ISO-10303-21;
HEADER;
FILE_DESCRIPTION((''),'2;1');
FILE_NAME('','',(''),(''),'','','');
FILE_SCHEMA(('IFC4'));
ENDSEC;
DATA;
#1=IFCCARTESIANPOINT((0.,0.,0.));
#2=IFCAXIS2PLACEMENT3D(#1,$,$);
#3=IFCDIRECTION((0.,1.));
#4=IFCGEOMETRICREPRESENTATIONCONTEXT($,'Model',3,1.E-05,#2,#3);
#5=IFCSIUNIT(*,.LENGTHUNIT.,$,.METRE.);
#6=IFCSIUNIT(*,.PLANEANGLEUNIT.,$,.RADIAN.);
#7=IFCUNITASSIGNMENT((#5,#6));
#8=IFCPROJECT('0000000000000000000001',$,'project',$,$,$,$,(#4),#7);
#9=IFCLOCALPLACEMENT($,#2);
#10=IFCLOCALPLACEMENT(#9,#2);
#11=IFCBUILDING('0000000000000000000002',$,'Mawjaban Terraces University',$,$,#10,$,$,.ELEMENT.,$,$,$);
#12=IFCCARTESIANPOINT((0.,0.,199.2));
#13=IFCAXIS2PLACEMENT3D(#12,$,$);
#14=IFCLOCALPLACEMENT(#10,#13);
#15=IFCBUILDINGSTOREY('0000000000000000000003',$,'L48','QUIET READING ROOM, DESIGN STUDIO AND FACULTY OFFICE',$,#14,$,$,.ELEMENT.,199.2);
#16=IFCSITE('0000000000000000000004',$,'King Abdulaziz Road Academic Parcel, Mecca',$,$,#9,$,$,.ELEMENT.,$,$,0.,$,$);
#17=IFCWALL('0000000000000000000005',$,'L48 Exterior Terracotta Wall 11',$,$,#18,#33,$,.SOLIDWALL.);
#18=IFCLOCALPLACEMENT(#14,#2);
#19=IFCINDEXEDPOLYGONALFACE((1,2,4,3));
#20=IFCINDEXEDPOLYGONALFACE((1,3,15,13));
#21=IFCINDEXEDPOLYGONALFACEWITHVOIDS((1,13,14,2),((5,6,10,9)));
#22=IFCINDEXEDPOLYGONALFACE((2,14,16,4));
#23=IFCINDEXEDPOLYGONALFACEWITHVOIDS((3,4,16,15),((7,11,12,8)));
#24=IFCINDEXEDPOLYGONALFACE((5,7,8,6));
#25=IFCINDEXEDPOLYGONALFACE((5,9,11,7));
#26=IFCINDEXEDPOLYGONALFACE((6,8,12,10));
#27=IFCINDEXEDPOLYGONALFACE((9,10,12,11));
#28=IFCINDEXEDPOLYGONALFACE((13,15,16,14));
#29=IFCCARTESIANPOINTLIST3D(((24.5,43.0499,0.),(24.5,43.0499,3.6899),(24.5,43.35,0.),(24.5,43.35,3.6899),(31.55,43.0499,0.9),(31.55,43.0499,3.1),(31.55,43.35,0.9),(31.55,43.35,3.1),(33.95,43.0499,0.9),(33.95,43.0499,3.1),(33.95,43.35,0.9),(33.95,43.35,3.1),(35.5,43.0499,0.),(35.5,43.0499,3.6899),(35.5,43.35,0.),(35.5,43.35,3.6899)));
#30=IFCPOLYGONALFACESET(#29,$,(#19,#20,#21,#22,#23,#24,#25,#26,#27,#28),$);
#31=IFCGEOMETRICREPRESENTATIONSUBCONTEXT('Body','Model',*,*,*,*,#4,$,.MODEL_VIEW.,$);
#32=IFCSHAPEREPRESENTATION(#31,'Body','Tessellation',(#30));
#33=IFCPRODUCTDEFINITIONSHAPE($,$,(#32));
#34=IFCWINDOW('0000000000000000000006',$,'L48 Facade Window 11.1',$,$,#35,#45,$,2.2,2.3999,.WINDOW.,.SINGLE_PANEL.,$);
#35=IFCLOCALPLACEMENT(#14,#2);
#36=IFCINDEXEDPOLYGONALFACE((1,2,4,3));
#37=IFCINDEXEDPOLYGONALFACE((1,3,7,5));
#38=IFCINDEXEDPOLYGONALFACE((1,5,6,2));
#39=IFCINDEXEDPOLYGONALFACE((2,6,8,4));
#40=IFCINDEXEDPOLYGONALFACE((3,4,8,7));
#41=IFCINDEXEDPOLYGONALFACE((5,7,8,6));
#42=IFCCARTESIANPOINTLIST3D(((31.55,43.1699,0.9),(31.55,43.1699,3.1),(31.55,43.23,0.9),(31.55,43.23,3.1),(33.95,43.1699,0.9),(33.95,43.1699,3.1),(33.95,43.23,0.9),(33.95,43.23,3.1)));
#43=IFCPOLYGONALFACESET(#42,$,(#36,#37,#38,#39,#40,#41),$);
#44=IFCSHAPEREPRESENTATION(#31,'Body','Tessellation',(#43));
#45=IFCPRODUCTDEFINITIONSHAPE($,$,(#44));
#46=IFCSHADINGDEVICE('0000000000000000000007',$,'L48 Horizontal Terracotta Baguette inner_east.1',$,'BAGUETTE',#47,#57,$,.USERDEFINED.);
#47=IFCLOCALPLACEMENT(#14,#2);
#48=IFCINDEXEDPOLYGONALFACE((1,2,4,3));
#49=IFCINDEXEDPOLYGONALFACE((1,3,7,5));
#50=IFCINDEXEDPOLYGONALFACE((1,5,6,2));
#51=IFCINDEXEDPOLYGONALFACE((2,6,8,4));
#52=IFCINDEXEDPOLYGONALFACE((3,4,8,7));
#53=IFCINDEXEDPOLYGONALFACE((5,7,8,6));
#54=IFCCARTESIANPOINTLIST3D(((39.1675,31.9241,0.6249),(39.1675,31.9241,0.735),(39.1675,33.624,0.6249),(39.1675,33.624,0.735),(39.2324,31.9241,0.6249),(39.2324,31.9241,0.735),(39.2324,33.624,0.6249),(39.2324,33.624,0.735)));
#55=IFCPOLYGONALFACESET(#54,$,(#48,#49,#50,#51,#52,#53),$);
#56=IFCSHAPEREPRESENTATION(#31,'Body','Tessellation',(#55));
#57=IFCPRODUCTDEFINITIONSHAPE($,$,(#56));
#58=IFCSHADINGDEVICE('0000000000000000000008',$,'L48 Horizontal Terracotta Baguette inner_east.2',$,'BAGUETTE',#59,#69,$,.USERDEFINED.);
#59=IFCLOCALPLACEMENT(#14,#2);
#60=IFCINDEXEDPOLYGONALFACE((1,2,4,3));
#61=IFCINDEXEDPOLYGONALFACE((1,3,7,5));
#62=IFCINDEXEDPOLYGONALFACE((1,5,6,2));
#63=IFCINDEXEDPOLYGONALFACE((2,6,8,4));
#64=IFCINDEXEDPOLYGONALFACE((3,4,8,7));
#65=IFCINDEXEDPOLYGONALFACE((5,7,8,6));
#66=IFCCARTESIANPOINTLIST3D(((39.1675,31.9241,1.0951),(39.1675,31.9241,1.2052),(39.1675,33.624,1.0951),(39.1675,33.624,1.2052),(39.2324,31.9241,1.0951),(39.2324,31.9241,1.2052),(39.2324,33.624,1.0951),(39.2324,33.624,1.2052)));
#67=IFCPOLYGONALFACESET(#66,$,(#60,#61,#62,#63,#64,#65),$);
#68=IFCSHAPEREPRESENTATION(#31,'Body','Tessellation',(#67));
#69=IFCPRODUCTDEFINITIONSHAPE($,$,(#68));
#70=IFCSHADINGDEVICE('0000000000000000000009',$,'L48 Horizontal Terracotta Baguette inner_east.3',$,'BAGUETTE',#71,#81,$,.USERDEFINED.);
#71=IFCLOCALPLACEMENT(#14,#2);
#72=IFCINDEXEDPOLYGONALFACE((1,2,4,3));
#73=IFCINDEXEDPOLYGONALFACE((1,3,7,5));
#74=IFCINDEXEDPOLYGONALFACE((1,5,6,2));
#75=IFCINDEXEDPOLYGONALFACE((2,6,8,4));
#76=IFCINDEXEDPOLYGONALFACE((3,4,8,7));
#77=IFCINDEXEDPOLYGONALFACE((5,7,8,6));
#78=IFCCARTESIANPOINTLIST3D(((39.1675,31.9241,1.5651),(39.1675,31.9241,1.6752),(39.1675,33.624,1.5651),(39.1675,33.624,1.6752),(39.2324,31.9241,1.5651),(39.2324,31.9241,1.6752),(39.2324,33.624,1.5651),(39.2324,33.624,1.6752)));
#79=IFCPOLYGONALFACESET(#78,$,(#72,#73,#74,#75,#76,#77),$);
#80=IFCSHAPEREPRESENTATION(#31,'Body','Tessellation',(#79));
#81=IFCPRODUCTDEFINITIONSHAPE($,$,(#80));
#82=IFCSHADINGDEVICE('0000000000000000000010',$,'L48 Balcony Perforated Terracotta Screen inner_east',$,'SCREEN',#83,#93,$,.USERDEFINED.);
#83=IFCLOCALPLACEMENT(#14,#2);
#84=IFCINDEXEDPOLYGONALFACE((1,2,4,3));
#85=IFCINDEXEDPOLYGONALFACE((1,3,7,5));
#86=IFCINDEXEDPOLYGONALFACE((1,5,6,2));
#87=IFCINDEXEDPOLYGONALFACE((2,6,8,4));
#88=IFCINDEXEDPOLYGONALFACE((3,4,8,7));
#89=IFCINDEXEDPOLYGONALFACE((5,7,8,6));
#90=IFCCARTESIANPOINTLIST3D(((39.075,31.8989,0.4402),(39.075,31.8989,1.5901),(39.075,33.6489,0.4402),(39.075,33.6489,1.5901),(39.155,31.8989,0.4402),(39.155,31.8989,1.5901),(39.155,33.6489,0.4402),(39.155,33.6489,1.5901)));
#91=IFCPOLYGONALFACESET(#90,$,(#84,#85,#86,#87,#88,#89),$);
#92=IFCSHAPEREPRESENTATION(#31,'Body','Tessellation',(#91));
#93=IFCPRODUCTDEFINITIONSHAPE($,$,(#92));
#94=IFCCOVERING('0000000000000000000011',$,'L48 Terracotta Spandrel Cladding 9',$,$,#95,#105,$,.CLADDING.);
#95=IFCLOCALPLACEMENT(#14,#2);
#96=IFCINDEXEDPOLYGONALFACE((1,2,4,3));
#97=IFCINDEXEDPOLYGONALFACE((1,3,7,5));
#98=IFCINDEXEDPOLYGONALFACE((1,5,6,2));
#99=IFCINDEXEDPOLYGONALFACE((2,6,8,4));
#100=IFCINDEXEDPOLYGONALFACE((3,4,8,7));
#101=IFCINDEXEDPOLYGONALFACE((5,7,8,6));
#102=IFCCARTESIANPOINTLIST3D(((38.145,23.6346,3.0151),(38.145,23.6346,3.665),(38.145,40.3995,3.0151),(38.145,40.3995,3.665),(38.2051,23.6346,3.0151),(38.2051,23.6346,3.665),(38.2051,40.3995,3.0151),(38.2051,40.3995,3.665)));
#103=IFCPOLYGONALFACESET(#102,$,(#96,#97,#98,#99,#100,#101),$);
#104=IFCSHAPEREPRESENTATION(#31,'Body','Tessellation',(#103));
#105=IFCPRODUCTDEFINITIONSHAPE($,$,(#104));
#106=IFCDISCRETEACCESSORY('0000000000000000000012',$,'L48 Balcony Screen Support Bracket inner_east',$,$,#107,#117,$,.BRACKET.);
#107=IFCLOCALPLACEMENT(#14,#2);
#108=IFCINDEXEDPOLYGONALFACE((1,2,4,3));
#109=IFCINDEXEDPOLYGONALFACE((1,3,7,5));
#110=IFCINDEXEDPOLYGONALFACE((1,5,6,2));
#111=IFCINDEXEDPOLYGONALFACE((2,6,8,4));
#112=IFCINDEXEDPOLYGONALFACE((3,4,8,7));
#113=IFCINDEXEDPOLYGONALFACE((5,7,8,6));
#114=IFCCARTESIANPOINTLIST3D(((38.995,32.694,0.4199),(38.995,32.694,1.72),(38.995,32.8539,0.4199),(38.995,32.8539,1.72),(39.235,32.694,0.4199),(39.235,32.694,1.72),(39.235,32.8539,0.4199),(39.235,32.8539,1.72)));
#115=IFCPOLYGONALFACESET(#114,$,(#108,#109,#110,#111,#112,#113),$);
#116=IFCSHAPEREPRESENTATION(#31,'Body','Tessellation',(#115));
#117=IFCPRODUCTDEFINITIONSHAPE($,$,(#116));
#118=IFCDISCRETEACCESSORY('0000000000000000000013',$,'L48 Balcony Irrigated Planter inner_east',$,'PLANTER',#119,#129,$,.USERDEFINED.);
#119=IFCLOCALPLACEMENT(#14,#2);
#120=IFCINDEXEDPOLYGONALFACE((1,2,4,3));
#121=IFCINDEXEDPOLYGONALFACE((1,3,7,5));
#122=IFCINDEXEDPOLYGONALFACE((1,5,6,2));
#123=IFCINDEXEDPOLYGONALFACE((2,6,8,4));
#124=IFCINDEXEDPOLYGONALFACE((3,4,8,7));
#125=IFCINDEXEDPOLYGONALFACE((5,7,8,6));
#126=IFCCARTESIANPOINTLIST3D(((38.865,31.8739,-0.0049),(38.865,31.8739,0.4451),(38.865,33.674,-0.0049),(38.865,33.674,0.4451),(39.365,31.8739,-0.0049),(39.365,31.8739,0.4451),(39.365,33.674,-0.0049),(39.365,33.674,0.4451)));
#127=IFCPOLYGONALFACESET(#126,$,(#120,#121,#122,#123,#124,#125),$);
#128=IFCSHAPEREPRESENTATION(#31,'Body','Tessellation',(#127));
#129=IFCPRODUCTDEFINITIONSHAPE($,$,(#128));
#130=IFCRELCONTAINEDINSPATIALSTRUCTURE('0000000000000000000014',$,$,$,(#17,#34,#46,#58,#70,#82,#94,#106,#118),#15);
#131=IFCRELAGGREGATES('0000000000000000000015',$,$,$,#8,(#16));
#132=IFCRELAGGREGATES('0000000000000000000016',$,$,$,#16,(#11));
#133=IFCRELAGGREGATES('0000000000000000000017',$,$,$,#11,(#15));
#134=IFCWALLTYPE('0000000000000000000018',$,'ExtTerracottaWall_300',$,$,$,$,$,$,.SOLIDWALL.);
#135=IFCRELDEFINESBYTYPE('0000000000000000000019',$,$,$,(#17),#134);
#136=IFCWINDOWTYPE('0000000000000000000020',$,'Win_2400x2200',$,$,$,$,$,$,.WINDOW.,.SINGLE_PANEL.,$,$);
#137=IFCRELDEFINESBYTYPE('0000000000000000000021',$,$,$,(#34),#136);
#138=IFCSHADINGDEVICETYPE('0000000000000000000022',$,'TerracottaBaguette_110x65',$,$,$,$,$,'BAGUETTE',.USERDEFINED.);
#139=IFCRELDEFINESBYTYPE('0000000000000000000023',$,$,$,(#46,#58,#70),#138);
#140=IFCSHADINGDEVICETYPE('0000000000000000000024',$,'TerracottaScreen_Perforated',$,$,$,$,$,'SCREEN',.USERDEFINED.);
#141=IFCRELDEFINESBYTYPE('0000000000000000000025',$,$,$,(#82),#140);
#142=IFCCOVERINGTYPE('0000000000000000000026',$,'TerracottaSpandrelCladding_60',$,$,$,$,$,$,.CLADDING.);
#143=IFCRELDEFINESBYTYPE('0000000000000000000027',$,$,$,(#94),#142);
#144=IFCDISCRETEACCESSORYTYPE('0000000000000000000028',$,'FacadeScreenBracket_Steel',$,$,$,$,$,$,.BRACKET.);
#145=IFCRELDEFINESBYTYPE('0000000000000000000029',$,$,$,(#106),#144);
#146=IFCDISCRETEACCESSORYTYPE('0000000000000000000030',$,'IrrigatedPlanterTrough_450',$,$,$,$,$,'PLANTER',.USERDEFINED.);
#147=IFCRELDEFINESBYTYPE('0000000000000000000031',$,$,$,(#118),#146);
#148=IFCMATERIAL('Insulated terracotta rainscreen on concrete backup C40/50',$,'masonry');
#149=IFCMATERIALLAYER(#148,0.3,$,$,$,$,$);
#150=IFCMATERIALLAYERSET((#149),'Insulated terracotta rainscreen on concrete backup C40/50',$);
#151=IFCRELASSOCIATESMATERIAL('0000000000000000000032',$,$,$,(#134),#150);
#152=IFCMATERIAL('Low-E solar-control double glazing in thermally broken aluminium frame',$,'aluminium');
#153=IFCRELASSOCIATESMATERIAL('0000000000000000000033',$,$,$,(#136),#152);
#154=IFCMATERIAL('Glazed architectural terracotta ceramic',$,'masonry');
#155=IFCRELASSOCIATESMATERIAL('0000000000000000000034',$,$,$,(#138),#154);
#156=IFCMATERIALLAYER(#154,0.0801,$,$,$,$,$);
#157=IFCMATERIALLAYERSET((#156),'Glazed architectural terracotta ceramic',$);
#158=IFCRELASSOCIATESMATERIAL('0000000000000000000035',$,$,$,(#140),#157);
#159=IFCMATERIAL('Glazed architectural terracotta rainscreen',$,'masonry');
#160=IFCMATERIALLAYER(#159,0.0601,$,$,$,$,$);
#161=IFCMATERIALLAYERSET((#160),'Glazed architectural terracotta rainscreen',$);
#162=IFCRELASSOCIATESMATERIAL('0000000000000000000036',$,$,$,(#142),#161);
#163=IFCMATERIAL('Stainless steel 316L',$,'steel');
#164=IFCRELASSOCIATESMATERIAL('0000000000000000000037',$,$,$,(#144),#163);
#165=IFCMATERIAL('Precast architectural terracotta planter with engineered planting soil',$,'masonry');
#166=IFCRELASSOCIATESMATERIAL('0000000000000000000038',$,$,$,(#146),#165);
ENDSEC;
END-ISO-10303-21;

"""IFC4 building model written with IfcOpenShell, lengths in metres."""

from ifc_helpers import new_model, si_unit, direction, frame, frame_2d, origin, origin_2d, place, context, subcontext, project, spatial, rectangle, extrude, material, layer, layer_set, material_profile, profile_set, type_object, element, fill, save


model = new_model("IFC4")

# Units and contexts
model_context = context("Model", 3, precision=1e-05, world=origin(), true_north=direction((0.0, 1.0)))
body_context = subcontext(model_context, "Body", "Model", "MODEL_VIEW")
ifc_project = project(units=[si_unit("LENGTHUNIT", "METRE"), si_unit("PLANEANGLEUNIT", "RADIAN")], contexts=[model_context])

# Site, building, storey
site_placement = place(None, origin())
site = spatial("IfcSite", under=ifc_project, at=site_placement, Name="King Abdulaziz Road Academic Parcel, Mecca", CompositionType="ELEMENT", RefElevation=0.0)
building_placement = place(site_placement, origin())
building = spatial("IfcBuilding", under=site, at=building_placement, Name="Mawjaban Terraces University", CompositionType="ELEMENT")
storey_placement = place(building_placement, frame((0.0, 0.0, 199.2)))
storey = spatial("IfcBuildingStorey", under=building, at=storey_placement, Name="L48", Description="QUIET READING ROOM, DESIGN STUDIO AND FACULTY OFFICE", CompositionType="ELEMENT", Elevation=199.2)

# Shared definitions
ifc_material_1 = material(Name="Insulated terracotta rainscreen on concrete backup C40/50", Category="masonry")
ifc_layer_1 = layer(ifc_material_1, 0.3)
ifc_layer_set_1 = layer_set([ifc_layer_1], Name="Insulated terracotta rainscreen on concrete backup C40/50")
wall_type_1 = type_object("IfcWallType", Name="ExtTerracottaWall_300", PredefinedType="SOLIDWALL", material=ifc_layer_set_1)

# Wall, opening, window
wall_1_placement = place(storey_placement, frame((35.5, 43.2, 0.0), z_axis=(0.0, 0.0, 1.0), x_axis=(-1.0, 0.0, 0.0)))
wall_1 = element("IfcWall", 1, at=wall_1_placement, inside=storey, type_object=wall_type_1, Name="L48 Exterior Terracotta Wall 11", PredefinedType="SOLIDWALL", context=body_context, shape_type="SweptSolid", body=[
    extrude(rectangle(XDim=11.0, YDim=0.3, at=frame_2d((5.5, 0.0))), origin(), (0.0, 0.0, 1.0), 3.6899),
])
opening_1_placement = place(wall_1_placement, frame((1.55, 0.0, 0.8999)))
opening_1 = element("IfcOpeningElement", 2, at=opening_1_placement, cuts=wall_1, PredefinedType="OPENING", context=body_context, shape_type="SweptSolid", body=[
    extrude(rectangle(XDim=2.3999, YDim=2.2, at=frame_2d((1.2, 1.1001))), frame((0.0, 0.1599, 0.0), z_axis=(0.0, -1.0, 0.0), x_axis=(1.0, 0.0, 0.0)), (0.0, 0.0, 1.0), 0.3201),
])
ifc_material_2 = material(Name="Low-E solar-control double glazing in thermally broken aluminium frame", Category="aluminium")
window_type = type_object("IfcWindowType", Name="Win_2400x2200", PartitioningType="SINGLE_PANEL", PredefinedType="WINDOW", material=ifc_material_2)
window_placement = place(opening_1_placement, origin())
window = element("IfcWindow", 3, at=window_placement, inside=storey, type_object=window_type, Name="L48 Facade Window 11.1", OverallHeight=2.2, OverallWidth=2.3999, PartitioningType="SINGLE_PANEL", PredefinedType="WINDOW", context=body_context, shape_type="SweptSolid", body=[
    extrude(rectangle(XDim=2.3999, YDim=2.2, at=frame_2d((1.2, 1.1001))), frame((0.0, 0.03, 0.0), z_axis=(0.0, -1.0, 0.0), x_axis=(1.0, 0.0, 0.0)), (0.0, 0.0, 1.0), 0.0601),
])
fill(opening_1, window)

# Shading devices
ifc_material_3 = material(Name="Glazed architectural terracotta ceramic", Category="masonry")
ifc_material_profile_1 = material_profile(ifc_material_3, rectangle(XDim=0.0649, YDim=0.1101, at=origin_2d()), Name="TBAG110X65")
ifc_profile_set_1 = profile_set([ifc_material_profile_1], Name="Glazed architectural terracotta ceramic")
shading_device_type_1 = type_object("IfcShadingDeviceType", Name="TerracottaBaguette_110x65", ElementType="BAGUETTE", PredefinedType="USERDEFINED", material=ifc_profile_set_1)
for number, where, z_axis, x_axis, name in (
    (4, (39.2, 31.9241, 0.6799), (0.0, 1.0, 0.0), (-1.0, 0.0, 0.0), "L48 Horizontal Terracotta Baguette inner_east.1"),
    (5, (39.2, 31.9241, 1.1501), (0.0, 1.0, 0.0), (-1.0, 0.0, 0.0), "L48 Horizontal Terracotta Baguette inner_east.2"),
    (6, (39.2, 31.9241, 1.6201), (0.0, 1.0, 0.0), (-1.0, 0.0, 0.0), "L48 Horizontal Terracotta Baguette inner_east.3"),
):
    element("IfcShadingDevice", number, at=place(storey_placement, frame(where, z_axis=z_axis, x_axis=x_axis)), inside=storey, type_object=shading_device_type_1, Name=name, ObjectType="BAGUETTE", PredefinedType="USERDEFINED", context=body_context, shape_type="SweptSolid", body=[
        extrude(rectangle(XDim=0.0649, YDim=0.1101, at=origin_2d()), origin(), (0.0, 0.0, 1.0), 1.7),
    ])
ifc_layer_2 = layer(ifc_material_3, 0.0801)
ifc_layer_set_2 = layer_set([ifc_layer_2], Name="Glazed architectural terracotta ceramic")
shading_device_type_2 = type_object("IfcShadingDeviceType", Name="TerracottaScreen_Perforated", ElementType="SCREEN", PredefinedType="USERDEFINED", material=ifc_layer_set_2)
shading_device_placement = place(storey_placement, frame((39.115, 32.7739, 0.4402), z_axis=(0.0, 0.0, 1.0), x_axis=(0.0, 1.0, 0.0)))
element("IfcShadingDevice", 7, at=shading_device_placement, inside=storey, type_object=shading_device_type_2, Name="L48 Balcony Perforated Terracotta Screen inner_east", ObjectType="SCREEN", PredefinedType="USERDEFINED", context=body_context, shape_type="SweptSolid", body=[
    extrude(rectangle(XDim=1.75, YDim=0.0801, at=origin_2d()), origin(), (0.0, 0.0, 1.0), 1.1499),
])

# Covering
ifc_material_4 = material(Name="Glazed architectural terracotta rainscreen", Category="masonry")
ifc_layer_3 = layer(ifc_material_4, 0.0601)
ifc_layer_set_3 = layer_set([ifc_layer_3], Name="Glazed architectural terracotta rainscreen")
covering_type = type_object("IfcCoveringType", Name="TerracottaSpandrelCladding_60", PredefinedType="CLADDING", material=ifc_layer_set_3)
covering_placement = place(storey_placement, frame((38.175, 32.0171, 3.0151), z_axis=(0.0, 0.0, 1.0), x_axis=(0.0, 1.0, 0.0)))
element("IfcCovering", 8, at=covering_placement, inside=storey, type_object=covering_type, Name="L48 Terracotta Spandrel Cladding 9", PredefinedType="CLADDING", context=body_context, shape_type="SweptSolid", body=[
    extrude(rectangle(XDim=16.7649, YDim=0.0601, at=origin_2d()), origin(), (0.0, 0.0, 1.0), 0.6499),
])

# Discrete accessories
ifc_material_5 = material(Name="Stainless steel 316L", Category="steel")
discrete_accessory_type_1 = type_object("IfcDiscreteAccessoryType", Name="FacadeScreenBracket_Steel", PredefinedType="BRACKET", material=ifc_material_5)
discrete_accessory_1_placement = place(storey_placement, frame((39.115, 32.7739, 0.4199), z_axis=(0.0, 0.0, 1.0), x_axis=(0.0, 1.0, 0.0)))
element("IfcDiscreteAccessory", 9, at=discrete_accessory_1_placement, inside=storey, type_object=discrete_accessory_type_1, Name="L48 Balcony Screen Support Bracket inner_east", PredefinedType="BRACKET", context=body_context, shape_type="SweptSolid", body=[
    extrude(rectangle(XDim=0.1599, YDim=0.24, at=origin_2d()), origin(), (0.0, 0.0, 1.0), 1.3),
])
ifc_material_6 = material(Name="Precast architectural terracotta planter with engineered planting soil", Category="masonry")
discrete_accessory_type_2 = type_object("IfcDiscreteAccessoryType", Name="IrrigatedPlanterTrough_450", ElementType="PLANTER", PredefinedType="USERDEFINED", material=ifc_material_6)
discrete_accessory_2_placement = place(storey_placement, frame((39.115, 32.7739, -0.0049), z_axis=(0.0, 0.0, 1.0), x_axis=(0.0, 1.0, 0.0)))
element("IfcDiscreteAccessory", 10, at=discrete_accessory_2_placement, inside=storey, type_object=discrete_accessory_type_2, Name="L48 Balcony Irrigated Planter inner_east", ObjectType="PLANTER", PredefinedType="USERDEFINED", context=body_context, shape_type="SweptSolid", body=[
    extrude(rectangle(XDim=1.8, YDim=0.5, at=origin_2d()), origin(), (0.0, 0.0, 1.0), 0.45),
])

save(model, "model.ifc")
